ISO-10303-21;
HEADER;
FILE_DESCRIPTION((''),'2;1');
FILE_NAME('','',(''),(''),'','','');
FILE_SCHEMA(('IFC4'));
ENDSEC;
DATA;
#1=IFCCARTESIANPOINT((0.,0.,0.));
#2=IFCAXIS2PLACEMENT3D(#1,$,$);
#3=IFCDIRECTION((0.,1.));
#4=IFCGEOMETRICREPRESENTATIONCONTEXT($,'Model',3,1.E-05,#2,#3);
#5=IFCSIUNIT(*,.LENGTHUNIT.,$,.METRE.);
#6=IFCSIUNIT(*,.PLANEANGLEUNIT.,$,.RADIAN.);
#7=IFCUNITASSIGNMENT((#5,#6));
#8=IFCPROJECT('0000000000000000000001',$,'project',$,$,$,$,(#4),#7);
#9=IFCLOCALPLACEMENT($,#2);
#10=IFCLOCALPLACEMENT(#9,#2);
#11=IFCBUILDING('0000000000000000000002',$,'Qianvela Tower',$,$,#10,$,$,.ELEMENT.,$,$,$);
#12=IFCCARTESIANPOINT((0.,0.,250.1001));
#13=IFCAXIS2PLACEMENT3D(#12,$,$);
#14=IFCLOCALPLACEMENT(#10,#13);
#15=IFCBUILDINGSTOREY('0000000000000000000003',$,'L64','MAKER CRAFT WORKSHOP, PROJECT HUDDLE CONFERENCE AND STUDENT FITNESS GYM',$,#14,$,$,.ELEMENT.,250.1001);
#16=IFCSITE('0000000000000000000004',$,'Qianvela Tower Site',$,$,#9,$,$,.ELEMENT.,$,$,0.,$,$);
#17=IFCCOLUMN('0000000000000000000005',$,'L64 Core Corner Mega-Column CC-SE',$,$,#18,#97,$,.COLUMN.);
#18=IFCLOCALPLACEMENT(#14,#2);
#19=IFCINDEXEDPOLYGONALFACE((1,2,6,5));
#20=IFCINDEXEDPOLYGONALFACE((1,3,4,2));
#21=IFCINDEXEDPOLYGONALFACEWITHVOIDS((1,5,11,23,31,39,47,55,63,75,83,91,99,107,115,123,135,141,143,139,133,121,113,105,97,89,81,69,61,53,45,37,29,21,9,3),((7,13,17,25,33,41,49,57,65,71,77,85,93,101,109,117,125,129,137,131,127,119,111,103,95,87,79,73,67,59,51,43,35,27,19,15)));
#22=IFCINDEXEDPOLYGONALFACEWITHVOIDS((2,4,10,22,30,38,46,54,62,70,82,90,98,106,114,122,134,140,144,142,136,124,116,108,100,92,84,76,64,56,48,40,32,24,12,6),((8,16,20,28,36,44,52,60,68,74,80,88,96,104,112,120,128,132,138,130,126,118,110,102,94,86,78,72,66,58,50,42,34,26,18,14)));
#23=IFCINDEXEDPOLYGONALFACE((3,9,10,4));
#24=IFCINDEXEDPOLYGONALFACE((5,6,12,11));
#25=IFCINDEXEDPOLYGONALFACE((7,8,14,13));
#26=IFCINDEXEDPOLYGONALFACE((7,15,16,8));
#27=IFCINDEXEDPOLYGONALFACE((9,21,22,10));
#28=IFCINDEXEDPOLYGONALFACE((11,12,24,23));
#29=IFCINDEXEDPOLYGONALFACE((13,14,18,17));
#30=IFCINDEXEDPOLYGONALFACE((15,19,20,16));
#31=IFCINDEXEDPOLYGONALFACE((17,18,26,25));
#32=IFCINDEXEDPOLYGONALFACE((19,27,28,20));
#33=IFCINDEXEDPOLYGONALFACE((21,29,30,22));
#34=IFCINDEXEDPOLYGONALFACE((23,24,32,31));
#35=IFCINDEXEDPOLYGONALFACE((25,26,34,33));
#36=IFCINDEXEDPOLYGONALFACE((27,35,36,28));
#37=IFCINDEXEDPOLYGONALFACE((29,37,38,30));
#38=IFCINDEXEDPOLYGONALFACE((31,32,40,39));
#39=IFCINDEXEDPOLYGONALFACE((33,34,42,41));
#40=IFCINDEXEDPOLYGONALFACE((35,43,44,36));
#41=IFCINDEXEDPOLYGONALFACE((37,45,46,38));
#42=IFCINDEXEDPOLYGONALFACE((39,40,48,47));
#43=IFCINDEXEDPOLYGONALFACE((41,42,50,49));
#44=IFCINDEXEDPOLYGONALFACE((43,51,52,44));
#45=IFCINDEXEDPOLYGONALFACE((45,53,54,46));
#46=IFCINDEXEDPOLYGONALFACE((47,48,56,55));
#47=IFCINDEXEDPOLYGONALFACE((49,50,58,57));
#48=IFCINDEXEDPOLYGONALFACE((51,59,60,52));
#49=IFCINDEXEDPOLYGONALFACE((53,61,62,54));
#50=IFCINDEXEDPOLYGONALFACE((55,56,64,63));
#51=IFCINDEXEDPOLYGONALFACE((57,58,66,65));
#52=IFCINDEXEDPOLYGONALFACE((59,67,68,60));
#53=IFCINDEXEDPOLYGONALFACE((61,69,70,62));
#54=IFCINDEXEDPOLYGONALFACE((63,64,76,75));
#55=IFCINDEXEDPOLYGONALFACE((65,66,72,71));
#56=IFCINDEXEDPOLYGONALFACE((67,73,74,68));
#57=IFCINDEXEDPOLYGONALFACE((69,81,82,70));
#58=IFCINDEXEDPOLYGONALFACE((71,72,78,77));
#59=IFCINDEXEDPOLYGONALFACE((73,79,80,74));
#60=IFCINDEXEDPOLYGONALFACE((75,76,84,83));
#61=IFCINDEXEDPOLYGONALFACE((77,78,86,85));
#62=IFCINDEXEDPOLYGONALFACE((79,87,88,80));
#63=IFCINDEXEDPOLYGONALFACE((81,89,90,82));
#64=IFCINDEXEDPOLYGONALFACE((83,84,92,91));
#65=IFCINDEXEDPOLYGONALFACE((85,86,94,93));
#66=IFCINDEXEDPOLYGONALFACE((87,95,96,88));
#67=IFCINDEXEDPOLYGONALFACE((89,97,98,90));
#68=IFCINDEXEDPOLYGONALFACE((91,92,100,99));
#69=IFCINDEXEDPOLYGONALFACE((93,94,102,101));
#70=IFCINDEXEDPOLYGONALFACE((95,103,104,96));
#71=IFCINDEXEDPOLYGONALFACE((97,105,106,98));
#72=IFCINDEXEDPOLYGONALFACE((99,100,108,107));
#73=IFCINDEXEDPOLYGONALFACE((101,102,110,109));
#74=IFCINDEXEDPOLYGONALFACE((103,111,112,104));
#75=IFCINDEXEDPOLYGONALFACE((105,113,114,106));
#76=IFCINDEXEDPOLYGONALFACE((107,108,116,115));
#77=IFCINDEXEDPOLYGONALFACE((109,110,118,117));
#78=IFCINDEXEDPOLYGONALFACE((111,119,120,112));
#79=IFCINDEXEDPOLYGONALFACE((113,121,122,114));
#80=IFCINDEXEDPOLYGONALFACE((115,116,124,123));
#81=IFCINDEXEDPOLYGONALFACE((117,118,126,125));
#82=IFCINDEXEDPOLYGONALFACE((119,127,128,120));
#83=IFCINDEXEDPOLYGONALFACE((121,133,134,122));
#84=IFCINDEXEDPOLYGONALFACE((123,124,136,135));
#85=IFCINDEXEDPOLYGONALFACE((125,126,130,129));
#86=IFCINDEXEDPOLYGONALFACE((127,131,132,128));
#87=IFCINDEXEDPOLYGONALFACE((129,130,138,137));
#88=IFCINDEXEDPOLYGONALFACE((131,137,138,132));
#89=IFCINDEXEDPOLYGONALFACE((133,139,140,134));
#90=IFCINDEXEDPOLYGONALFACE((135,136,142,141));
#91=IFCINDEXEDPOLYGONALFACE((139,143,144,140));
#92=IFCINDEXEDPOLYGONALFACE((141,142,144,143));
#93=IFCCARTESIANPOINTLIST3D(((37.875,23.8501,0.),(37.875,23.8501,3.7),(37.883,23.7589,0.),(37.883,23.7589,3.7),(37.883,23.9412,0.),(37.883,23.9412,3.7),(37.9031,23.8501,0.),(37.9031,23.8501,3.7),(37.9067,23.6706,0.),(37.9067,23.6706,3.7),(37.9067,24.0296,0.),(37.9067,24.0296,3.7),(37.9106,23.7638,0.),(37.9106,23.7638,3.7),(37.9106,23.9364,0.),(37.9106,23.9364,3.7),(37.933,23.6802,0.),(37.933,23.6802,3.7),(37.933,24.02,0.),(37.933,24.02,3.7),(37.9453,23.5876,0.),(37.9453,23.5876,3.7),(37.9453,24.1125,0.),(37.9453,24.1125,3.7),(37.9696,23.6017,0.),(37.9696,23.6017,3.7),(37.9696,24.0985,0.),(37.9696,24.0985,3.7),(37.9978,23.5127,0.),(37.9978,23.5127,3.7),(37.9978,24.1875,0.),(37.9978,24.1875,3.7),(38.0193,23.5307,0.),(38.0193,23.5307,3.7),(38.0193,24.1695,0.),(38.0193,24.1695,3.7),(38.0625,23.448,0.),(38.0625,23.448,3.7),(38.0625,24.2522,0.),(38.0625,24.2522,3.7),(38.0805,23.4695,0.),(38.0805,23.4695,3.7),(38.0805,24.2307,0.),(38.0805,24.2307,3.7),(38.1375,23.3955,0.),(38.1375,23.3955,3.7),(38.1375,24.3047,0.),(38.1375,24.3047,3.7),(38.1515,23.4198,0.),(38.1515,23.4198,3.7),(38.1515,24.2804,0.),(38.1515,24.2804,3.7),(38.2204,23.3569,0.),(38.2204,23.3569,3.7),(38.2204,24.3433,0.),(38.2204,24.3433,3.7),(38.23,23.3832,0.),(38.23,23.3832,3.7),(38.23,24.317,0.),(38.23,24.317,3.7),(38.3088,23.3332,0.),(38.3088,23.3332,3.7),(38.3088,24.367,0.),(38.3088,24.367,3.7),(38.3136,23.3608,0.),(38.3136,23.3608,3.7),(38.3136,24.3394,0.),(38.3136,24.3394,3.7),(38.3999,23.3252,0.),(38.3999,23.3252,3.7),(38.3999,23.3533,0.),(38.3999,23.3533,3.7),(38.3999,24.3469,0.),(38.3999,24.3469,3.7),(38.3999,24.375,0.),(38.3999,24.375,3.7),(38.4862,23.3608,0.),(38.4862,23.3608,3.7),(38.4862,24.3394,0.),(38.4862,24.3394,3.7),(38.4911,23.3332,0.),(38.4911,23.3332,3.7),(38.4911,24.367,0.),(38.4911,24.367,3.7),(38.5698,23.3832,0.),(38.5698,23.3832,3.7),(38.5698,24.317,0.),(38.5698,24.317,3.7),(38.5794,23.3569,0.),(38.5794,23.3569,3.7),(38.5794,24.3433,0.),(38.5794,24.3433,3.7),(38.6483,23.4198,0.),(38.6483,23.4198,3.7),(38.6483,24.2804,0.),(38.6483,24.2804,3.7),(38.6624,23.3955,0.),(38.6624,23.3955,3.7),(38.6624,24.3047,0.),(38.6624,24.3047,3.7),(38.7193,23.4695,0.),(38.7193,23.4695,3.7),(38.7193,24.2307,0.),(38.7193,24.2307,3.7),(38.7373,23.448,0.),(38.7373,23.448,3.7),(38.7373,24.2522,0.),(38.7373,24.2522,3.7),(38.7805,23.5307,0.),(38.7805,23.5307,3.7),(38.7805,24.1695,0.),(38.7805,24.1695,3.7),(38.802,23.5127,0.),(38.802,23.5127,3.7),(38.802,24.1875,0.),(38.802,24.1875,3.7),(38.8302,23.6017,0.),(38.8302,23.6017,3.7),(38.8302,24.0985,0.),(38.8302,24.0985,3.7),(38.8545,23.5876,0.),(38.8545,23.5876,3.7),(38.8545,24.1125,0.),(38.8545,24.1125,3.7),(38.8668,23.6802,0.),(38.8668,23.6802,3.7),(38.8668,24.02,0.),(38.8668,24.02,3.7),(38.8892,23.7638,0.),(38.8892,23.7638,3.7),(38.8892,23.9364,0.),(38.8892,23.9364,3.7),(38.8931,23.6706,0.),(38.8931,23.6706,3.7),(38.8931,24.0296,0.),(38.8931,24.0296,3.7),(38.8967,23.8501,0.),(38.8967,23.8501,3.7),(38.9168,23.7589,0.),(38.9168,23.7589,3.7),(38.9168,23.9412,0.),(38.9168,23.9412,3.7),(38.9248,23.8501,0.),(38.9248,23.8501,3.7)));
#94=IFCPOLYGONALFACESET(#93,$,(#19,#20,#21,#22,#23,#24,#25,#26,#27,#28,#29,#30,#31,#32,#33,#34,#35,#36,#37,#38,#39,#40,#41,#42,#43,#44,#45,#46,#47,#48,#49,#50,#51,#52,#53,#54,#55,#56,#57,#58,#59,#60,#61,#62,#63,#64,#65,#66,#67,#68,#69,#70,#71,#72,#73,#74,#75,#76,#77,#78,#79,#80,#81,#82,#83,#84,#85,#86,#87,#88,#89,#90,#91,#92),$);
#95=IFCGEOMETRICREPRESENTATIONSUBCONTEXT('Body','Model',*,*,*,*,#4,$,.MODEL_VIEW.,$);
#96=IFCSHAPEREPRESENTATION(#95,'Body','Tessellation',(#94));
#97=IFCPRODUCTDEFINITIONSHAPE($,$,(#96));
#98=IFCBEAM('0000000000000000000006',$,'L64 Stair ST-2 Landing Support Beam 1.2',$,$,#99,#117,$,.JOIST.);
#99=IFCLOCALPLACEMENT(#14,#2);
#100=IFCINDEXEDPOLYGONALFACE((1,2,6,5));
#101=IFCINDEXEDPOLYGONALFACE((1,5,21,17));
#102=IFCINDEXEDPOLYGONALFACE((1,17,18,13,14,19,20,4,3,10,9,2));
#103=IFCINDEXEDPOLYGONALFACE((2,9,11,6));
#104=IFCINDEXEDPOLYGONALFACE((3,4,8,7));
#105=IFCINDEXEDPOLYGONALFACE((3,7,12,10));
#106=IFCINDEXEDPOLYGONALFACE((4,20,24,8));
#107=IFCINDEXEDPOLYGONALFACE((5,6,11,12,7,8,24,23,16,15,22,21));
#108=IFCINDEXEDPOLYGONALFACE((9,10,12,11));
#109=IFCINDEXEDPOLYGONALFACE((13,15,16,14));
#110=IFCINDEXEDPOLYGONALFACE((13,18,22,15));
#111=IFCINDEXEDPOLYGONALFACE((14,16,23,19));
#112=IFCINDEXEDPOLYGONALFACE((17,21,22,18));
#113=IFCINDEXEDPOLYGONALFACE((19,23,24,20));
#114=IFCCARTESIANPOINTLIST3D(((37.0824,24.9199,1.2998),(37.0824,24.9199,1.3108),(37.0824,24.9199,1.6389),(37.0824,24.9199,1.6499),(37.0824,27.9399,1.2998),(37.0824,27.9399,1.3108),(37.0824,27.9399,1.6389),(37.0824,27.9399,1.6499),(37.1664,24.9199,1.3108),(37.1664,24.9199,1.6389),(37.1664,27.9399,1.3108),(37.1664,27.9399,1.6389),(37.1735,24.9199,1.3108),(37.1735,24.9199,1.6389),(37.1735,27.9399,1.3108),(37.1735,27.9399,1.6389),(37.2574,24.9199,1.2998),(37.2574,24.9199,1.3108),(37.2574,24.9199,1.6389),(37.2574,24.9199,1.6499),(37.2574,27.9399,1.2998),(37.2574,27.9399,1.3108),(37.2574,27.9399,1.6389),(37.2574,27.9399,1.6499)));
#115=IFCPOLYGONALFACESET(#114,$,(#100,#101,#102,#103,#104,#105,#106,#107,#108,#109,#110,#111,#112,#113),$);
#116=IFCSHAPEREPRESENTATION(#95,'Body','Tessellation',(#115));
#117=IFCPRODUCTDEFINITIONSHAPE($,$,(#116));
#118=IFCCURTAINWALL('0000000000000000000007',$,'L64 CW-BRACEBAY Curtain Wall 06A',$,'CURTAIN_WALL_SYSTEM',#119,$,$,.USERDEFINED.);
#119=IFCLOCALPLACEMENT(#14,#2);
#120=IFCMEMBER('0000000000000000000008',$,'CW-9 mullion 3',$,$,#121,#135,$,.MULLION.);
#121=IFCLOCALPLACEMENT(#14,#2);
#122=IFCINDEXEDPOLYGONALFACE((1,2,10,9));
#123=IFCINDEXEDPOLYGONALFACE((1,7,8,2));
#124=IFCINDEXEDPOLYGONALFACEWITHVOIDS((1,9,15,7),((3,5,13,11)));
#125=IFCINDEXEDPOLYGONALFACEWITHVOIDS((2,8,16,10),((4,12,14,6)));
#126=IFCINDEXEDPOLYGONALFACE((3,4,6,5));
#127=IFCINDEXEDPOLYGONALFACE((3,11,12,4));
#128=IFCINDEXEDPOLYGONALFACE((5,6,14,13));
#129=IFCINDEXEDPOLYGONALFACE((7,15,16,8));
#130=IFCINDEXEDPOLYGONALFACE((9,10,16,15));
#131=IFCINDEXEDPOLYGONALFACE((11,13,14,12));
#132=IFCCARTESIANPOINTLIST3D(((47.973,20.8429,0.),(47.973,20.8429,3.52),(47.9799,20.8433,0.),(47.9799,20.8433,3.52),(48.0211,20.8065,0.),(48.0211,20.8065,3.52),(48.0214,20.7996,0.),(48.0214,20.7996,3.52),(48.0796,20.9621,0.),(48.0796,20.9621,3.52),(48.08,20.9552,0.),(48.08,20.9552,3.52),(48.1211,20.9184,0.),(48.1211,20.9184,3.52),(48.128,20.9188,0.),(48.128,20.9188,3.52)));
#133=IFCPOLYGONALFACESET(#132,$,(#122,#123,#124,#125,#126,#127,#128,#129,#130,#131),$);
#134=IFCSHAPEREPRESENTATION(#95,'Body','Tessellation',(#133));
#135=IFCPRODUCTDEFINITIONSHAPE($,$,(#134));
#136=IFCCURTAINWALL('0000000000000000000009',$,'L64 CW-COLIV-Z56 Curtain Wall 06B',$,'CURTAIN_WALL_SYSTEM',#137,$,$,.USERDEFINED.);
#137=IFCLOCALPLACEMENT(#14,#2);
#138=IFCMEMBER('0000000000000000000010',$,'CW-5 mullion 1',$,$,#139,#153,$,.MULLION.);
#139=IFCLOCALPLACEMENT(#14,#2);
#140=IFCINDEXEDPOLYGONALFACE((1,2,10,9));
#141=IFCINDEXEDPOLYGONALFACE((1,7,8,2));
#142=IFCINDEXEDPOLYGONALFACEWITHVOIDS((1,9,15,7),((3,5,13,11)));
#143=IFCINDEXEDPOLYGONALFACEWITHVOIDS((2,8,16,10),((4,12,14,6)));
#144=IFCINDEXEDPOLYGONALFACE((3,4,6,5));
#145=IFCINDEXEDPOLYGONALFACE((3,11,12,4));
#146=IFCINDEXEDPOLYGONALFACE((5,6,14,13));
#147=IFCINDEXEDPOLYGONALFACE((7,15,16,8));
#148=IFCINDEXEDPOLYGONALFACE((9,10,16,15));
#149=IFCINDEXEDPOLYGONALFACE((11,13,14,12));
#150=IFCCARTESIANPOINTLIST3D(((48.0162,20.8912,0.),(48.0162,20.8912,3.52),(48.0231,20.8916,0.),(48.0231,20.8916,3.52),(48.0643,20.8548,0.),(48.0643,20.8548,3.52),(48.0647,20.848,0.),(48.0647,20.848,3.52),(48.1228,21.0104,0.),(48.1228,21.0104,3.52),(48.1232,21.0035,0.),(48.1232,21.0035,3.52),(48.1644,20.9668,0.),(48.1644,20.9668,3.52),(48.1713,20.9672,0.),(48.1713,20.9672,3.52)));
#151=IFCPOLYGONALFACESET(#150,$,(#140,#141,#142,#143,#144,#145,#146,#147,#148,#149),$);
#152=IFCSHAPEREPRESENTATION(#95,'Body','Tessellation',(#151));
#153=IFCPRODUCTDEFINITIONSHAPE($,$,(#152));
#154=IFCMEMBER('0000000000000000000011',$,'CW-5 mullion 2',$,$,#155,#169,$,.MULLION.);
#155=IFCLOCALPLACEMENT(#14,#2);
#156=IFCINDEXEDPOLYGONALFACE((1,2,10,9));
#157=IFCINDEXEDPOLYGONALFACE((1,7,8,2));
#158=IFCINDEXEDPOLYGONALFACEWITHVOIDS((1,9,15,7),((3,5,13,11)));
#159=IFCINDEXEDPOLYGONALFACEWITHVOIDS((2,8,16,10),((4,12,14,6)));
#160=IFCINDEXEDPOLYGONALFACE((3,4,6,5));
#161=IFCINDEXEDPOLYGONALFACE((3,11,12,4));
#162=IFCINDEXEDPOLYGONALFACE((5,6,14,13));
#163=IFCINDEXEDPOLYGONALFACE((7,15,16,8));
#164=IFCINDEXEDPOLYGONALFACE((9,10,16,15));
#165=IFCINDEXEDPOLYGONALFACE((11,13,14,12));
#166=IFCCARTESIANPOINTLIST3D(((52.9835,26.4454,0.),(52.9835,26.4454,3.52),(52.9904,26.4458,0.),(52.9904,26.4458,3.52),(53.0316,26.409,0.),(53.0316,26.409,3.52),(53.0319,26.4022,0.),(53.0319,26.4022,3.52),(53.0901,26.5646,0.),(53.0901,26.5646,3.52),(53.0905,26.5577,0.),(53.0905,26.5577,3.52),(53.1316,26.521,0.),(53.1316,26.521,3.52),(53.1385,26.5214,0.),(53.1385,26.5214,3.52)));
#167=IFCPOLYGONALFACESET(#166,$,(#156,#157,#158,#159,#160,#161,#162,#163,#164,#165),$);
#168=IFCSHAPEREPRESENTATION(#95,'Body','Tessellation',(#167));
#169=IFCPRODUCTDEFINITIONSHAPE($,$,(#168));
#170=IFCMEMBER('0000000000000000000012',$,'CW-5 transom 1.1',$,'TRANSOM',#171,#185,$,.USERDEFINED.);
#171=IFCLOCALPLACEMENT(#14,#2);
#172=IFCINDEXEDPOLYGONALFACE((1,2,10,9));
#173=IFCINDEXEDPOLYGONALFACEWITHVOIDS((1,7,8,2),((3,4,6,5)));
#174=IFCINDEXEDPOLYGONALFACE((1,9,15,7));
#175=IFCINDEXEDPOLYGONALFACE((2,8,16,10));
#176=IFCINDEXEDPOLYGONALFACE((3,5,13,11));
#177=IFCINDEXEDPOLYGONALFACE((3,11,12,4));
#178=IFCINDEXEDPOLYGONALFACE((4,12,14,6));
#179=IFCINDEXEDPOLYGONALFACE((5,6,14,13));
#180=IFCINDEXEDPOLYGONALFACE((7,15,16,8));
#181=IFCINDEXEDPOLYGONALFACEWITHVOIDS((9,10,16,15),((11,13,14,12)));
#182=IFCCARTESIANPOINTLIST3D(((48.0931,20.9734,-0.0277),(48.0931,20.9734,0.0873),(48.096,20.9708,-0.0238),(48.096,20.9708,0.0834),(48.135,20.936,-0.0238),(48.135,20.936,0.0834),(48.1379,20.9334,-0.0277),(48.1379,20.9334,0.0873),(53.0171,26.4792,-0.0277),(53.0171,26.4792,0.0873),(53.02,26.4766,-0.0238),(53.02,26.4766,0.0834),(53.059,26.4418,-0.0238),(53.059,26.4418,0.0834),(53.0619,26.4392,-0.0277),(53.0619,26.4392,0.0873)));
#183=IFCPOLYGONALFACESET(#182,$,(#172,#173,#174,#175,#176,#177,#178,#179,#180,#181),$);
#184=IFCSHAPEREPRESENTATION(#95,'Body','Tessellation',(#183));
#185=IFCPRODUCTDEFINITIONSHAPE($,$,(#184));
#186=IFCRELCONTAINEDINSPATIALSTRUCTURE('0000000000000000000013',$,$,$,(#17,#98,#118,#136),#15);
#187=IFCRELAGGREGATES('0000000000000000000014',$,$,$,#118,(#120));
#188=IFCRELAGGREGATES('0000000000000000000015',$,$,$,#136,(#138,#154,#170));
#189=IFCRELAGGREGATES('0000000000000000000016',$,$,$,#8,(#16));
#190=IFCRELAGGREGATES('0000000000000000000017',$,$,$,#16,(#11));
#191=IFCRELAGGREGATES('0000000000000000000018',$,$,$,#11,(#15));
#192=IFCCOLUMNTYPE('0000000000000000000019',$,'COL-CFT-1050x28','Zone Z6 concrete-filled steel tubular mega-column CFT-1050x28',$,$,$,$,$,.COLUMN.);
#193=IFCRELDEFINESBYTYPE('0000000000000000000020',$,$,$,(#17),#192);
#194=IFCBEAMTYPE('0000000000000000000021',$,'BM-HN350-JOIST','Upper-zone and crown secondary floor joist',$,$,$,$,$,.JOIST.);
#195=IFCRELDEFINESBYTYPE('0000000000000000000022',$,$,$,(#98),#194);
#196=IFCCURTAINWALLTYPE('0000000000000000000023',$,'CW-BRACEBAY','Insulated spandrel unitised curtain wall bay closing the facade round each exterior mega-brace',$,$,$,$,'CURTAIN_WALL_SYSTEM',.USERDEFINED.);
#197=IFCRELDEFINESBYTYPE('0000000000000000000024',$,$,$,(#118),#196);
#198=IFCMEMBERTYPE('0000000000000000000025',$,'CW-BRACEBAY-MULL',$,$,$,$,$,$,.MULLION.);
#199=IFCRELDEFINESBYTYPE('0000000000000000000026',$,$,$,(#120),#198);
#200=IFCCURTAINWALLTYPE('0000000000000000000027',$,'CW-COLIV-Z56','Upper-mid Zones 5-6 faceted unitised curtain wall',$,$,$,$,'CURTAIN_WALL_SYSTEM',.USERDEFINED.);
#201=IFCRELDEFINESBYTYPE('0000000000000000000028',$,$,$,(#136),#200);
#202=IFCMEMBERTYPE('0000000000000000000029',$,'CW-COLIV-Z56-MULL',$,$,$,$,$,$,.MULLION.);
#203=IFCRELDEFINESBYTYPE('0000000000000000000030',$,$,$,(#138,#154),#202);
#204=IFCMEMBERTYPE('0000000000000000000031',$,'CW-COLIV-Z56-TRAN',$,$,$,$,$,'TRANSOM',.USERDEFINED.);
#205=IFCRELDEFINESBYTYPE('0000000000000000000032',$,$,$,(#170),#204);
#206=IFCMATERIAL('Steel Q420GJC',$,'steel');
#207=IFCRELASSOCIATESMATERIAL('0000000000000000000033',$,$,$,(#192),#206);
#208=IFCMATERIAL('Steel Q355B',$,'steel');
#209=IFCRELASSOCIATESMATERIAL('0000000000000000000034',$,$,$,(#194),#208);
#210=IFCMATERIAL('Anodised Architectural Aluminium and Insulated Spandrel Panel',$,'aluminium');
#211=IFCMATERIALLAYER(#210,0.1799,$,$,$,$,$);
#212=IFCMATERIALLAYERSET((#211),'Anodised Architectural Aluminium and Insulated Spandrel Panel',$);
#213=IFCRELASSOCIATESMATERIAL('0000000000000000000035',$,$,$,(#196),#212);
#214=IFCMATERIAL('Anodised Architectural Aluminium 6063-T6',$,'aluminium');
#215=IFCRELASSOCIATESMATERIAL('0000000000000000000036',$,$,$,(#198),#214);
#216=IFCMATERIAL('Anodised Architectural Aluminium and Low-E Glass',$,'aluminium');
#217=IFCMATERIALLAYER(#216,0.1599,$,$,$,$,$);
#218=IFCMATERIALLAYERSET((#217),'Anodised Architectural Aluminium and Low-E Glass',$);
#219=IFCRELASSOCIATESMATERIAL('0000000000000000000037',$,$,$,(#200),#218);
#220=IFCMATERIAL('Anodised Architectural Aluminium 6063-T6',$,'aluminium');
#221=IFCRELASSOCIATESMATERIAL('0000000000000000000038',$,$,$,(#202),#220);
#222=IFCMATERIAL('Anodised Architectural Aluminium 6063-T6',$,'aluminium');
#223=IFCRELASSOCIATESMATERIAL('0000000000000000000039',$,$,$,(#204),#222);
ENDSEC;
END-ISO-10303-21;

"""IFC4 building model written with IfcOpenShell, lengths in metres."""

from ifc_helpers import new_model, si_unit, direction, frame, origin, origin_2d, place, context, subcontext, project, spatial, hollow_rectangle, hollow_circle, i_section, extrude, material, layer, layer_set, material_profile, profile_set, type_object, element, aggregate, save


model = new_model("IFC4")

# Units and contexts
model_context = context("Model", 3, precision=1e-05, world=origin(), true_north=direction((0.0, 1.0)))
body_context = subcontext(model_context, "Body", "Model", "MODEL_VIEW")
ifc_project = project(units=[si_unit("LENGTHUNIT", "METRE"), si_unit("PLANEANGLEUNIT", "RADIAN")], contexts=[model_context])

# Site, building, storey
site_placement = place(None, origin())
site = spatial("IfcSite", under=ifc_project, at=site_placement, Name="Qianvela Tower Site", CompositionType="ELEMENT", RefElevation=0.0)
building_placement = place(site_placement, origin())
building = spatial("IfcBuilding", under=site, at=building_placement, Name="Qianvela Tower", CompositionType="ELEMENT")
storey_placement = place(building_placement, frame((0.0, 0.0, 250.1001)))
storey = spatial("IfcBuildingStorey", under=building, at=storey_placement, Name="L64", Description="MAKER CRAFT WORKSHOP, PROJECT HUDDLE CONFERENCE AND STUDENT FITNESS GYM", CompositionType="ELEMENT", Elevation=250.1001)

# Column
ifc_material_1 = material(Name="Steel Q420GJC", Category="steel")
ifc_material_profile_1 = material_profile(ifc_material_1, hollow_circle(Radius=0.5249, WallThickness=0.0281, at=origin_2d()), Name="CFT-1050x28")
ifc_profile_set_1 = profile_set([ifc_material_profile_1], Name="Steel Q420GJC")
column_type = type_object("IfcColumnType", Name="COL-CFT-1050x28", Description="Zone Z6 concrete-filled steel tubular mega-column CFT-1050x28", PredefinedType="COLUMN", material=ifc_profile_set_1)
column_placement = place(storey_placement, frame((38.3999, 23.8501, 0.0), z_axis=(0.0, 0.0, 1.0), x_axis=(1.0, 0.0, 0.0)))
element("IfcColumn", 1, at=column_placement, inside=storey, type_object=column_type, Name="L64 Core Corner Mega-Column CC-SE", PredefinedType="COLUMN", context=body_context, shape_type="SweptSolid", body=[
    extrude(hollow_circle(Radius=0.5249, WallThickness=0.0281, at=origin_2d()), origin(), (0.0, 0.0, 1.0), 3.7),
])

# Beam
ifc_material_2 = material(Name="Steel Q355B", Category="steel")
ifc_material_profile_2 = material_profile(ifc_material_2, i_section(OverallWidth=0.175, OverallDepth=0.3501, WebThickness=0.0071, FlangeThickness=0.011, at=origin_2d()), Name="HN350x175x7x11")
ifc_profile_set_2 = profile_set([ifc_material_profile_2], Name="Steel Q355B")
beam_type = type_object("IfcBeamType", Name="BM-HN350-JOIST", Description="Upper-zone and crown secondary floor joist", PredefinedType="JOIST", material=ifc_profile_set_2)
beam_placement = place(storey_placement, frame((37.1699, 24.9199, 1.4749), z_axis=(0.0, 1.0, 0.0), x_axis=(-1.0, 0.0, 0.0)))
element("IfcBeam", 2, at=beam_placement, inside=storey, type_object=beam_type, Name="L64 Stair ST-2 Landing Support Beam 1.2", PredefinedType="JOIST", context=body_context, shape_type="SweptSolid", body=[
    extrude(i_section(OverallWidth=0.175, OverallDepth=0.3501, WebThickness=0.0071, FlangeThickness=0.011, at=origin_2d()), origin(), (0.0, 0.0, 1.0), 3.02),
])

# Curtain wall, member
ifc_material_3 = material(Name="Anodised Architectural Aluminium and Insulated Spandrel Panel", Category="aluminium")
ifc_layer_1 = layer(ifc_material_3, 0.1799)
ifc_layer_set_1 = layer_set([ifc_layer_1], Name="Anodised Architectural Aluminium and Insulated Spandrel Panel")
curtain_wall_type_1 = type_object("IfcCurtainWallType", Name="CW-BRACEBAY", Description="Insulated spandrel unitised curtain wall bay closing the facade round each exterior mega-brace", ElementType="CURTAIN_WALL_SYSTEM", PredefinedType="USERDEFINED", material=ifc_layer_set_1)
curtain_wall_1_placement = place(storey_placement, origin())
curtain_wall_1 = element("IfcCurtainWall", 3, at=curtain_wall_1_placement, inside=storey, type_object=curtain_wall_type_1, Name="L64 CW-BRACEBAY Curtain Wall 06A", ObjectType="CURTAIN_WALL_SYSTEM", PredefinedType="USERDEFINED")
ifc_material_4 = material(Name="Anodised Architectural Aluminium 6063-T6", Category="aluminium")
ifc_material_profile_3 = material_profile(ifc_material_4, hollow_rectangle(XDim=0.0649, YDim=0.1599, WallThickness=0.0049, at=origin_2d()), Name="ALU-MULL-65x160")
ifc_profile_set_3 = profile_set([ifc_material_profile_3], Name="Anodised Architectural Aluminium 6063-T6")
member_type_1 = type_object("IfcMemberType", Name="CW-BRACEBAY-MULL", PredefinedType="MULLION", material=ifc_profile_set_3)
member_1_placement = place(storey_placement, frame((48.0505, 20.8809, 0.0), z_axis=(0.0, 0.0, 1.0), x_axis=(-0.745394, 0.666624, 0.0)))
member_1 = element("IfcMember", 4, at=member_1_placement, type_object=member_type_1, Name="CW-9 mullion 3", PredefinedType="MULLION", context=body_context, shape_type="SweptSolid", body=[
    extrude(hollow_rectangle(XDim=0.0649, YDim=0.1599, WallThickness=0.0049, at=origin_2d()), origin(), (0.0, 0.0, 1.0), 3.52),
])
aggregate(curtain_wall_1, [member_1])

# Curtain wall, members
ifc_material_5 = material(Name="Anodised Architectural Aluminium and Low-E Glass", Category="aluminium")
ifc_layer_2 = layer(ifc_material_5, 0.1599)
ifc_layer_set_2 = layer_set([ifc_layer_2], Name="Anodised Architectural Aluminium and Low-E Glass")
curtain_wall_type_2 = type_object("IfcCurtainWallType", Name="CW-COLIV-Z56", Description="Upper-mid Zones 5-6 faceted unitised curtain wall", ElementType="CURTAIN_WALL_SYSTEM", PredefinedType="USERDEFINED", material=ifc_layer_set_2)
curtain_wall_2_placement = place(storey_placement, origin())
curtain_wall_2 = element("IfcCurtainWall", 5, at=curtain_wall_2_placement, inside=storey, type_object=curtain_wall_type_2, Name="L64 CW-COLIV-Z56 Curtain Wall 06B", ObjectType="CURTAIN_WALL_SYSTEM", PredefinedType="USERDEFINED")
ifc_material_6 = material(Name="Anodised Architectural Aluminium 6063-T6", Category="aluminium")
ifc_material_profile_4 = material_profile(ifc_material_6, hollow_rectangle(XDim=0.0649, YDim=0.1599, WallThickness=0.0049, at=origin_2d()), Name="ALU-MULL-65x160")
ifc_profile_set_4 = profile_set([ifc_material_profile_4], Name="Anodised Architectural Aluminium 6063-T6")
member_type_2 = type_object("IfcMemberType", Name="CW-COLIV-Z56-MULL", PredefinedType="MULLION", material=ifc_profile_set_4)
member_2_placement = place(storey_placement, frame((48.0938, 20.9292, 0.0), z_axis=(0.0, 0.0, 1.0), x_axis=(-0.745394, 0.666625, 0.0)))
member_2 = element("IfcMember", 6, at=member_2_placement, type_object=member_type_2, Name="CW-5 mullion 1", PredefinedType="MULLION", context=body_context, shape_type="SweptSolid", body=[
    extrude(hollow_rectangle(XDim=0.0649, YDim=0.1599, WallThickness=0.0049, at=origin_2d()), origin(), (0.0, 0.0, 1.0), 3.52),
])
member_3_placement = place(storey_placement, frame((53.061, 26.4834, 0.0), z_axis=(0.0, 0.0, 1.0), x_axis=(-0.745394, 0.666625, 0.0)))
member_3 = element("IfcMember", 7, at=member_3_placement, type_object=member_type_2, Name="CW-5 mullion 2", PredefinedType="MULLION", context=body_context, shape_type="SweptSolid", body=[
    extrude(hollow_rectangle(XDim=0.0649, YDim=0.1599, WallThickness=0.0049, at=origin_2d()), origin(), (0.0, 0.0, 1.0), 3.52),
])
ifc_material_7 = material(Name="Anodised Architectural Aluminium 6063-T6", Category="aluminium")
ifc_material_profile_5 = material_profile(ifc_material_7, hollow_rectangle(XDim=0.0601, YDim=0.115, WallThickness=0.0039, at=origin_2d()), Name="ALU-TRAN-60x115")
ifc_profile_set_5 = profile_set([ifc_material_profile_5], Name="Anodised Architectural Aluminium 6063-T6")
member_type_3 = type_object("IfcMemberType", Name="CW-COLIV-Z56-TRAN", ElementType="TRANSOM", PredefinedType="USERDEFINED", material=ifc_profile_set_5)
member_4_placement = place(storey_placement, frame((48.1155, 20.9534, 0.0298), z_axis=(0.666628, 0.745391, 0.0), x_axis=(-0.745391, 0.666628, 0.0)))
member_4 = element("IfcMember", 8, at=member_4_placement, type_object=member_type_3, Name="CW-5 transom 1.1", ObjectType="TRANSOM", PredefinedType="USERDEFINED", context=body_context, shape_type="SweptSolid", body=[
    extrude(hollow_rectangle(XDim=0.0601, YDim=0.115, WallThickness=0.0039, at=origin_2d()), origin(), (0.0, 0.0, 1.0), 7.3865),
])
aggregate(curtain_wall_2, [member_2, member_3, member_4])

save(model, "model.ifc")
